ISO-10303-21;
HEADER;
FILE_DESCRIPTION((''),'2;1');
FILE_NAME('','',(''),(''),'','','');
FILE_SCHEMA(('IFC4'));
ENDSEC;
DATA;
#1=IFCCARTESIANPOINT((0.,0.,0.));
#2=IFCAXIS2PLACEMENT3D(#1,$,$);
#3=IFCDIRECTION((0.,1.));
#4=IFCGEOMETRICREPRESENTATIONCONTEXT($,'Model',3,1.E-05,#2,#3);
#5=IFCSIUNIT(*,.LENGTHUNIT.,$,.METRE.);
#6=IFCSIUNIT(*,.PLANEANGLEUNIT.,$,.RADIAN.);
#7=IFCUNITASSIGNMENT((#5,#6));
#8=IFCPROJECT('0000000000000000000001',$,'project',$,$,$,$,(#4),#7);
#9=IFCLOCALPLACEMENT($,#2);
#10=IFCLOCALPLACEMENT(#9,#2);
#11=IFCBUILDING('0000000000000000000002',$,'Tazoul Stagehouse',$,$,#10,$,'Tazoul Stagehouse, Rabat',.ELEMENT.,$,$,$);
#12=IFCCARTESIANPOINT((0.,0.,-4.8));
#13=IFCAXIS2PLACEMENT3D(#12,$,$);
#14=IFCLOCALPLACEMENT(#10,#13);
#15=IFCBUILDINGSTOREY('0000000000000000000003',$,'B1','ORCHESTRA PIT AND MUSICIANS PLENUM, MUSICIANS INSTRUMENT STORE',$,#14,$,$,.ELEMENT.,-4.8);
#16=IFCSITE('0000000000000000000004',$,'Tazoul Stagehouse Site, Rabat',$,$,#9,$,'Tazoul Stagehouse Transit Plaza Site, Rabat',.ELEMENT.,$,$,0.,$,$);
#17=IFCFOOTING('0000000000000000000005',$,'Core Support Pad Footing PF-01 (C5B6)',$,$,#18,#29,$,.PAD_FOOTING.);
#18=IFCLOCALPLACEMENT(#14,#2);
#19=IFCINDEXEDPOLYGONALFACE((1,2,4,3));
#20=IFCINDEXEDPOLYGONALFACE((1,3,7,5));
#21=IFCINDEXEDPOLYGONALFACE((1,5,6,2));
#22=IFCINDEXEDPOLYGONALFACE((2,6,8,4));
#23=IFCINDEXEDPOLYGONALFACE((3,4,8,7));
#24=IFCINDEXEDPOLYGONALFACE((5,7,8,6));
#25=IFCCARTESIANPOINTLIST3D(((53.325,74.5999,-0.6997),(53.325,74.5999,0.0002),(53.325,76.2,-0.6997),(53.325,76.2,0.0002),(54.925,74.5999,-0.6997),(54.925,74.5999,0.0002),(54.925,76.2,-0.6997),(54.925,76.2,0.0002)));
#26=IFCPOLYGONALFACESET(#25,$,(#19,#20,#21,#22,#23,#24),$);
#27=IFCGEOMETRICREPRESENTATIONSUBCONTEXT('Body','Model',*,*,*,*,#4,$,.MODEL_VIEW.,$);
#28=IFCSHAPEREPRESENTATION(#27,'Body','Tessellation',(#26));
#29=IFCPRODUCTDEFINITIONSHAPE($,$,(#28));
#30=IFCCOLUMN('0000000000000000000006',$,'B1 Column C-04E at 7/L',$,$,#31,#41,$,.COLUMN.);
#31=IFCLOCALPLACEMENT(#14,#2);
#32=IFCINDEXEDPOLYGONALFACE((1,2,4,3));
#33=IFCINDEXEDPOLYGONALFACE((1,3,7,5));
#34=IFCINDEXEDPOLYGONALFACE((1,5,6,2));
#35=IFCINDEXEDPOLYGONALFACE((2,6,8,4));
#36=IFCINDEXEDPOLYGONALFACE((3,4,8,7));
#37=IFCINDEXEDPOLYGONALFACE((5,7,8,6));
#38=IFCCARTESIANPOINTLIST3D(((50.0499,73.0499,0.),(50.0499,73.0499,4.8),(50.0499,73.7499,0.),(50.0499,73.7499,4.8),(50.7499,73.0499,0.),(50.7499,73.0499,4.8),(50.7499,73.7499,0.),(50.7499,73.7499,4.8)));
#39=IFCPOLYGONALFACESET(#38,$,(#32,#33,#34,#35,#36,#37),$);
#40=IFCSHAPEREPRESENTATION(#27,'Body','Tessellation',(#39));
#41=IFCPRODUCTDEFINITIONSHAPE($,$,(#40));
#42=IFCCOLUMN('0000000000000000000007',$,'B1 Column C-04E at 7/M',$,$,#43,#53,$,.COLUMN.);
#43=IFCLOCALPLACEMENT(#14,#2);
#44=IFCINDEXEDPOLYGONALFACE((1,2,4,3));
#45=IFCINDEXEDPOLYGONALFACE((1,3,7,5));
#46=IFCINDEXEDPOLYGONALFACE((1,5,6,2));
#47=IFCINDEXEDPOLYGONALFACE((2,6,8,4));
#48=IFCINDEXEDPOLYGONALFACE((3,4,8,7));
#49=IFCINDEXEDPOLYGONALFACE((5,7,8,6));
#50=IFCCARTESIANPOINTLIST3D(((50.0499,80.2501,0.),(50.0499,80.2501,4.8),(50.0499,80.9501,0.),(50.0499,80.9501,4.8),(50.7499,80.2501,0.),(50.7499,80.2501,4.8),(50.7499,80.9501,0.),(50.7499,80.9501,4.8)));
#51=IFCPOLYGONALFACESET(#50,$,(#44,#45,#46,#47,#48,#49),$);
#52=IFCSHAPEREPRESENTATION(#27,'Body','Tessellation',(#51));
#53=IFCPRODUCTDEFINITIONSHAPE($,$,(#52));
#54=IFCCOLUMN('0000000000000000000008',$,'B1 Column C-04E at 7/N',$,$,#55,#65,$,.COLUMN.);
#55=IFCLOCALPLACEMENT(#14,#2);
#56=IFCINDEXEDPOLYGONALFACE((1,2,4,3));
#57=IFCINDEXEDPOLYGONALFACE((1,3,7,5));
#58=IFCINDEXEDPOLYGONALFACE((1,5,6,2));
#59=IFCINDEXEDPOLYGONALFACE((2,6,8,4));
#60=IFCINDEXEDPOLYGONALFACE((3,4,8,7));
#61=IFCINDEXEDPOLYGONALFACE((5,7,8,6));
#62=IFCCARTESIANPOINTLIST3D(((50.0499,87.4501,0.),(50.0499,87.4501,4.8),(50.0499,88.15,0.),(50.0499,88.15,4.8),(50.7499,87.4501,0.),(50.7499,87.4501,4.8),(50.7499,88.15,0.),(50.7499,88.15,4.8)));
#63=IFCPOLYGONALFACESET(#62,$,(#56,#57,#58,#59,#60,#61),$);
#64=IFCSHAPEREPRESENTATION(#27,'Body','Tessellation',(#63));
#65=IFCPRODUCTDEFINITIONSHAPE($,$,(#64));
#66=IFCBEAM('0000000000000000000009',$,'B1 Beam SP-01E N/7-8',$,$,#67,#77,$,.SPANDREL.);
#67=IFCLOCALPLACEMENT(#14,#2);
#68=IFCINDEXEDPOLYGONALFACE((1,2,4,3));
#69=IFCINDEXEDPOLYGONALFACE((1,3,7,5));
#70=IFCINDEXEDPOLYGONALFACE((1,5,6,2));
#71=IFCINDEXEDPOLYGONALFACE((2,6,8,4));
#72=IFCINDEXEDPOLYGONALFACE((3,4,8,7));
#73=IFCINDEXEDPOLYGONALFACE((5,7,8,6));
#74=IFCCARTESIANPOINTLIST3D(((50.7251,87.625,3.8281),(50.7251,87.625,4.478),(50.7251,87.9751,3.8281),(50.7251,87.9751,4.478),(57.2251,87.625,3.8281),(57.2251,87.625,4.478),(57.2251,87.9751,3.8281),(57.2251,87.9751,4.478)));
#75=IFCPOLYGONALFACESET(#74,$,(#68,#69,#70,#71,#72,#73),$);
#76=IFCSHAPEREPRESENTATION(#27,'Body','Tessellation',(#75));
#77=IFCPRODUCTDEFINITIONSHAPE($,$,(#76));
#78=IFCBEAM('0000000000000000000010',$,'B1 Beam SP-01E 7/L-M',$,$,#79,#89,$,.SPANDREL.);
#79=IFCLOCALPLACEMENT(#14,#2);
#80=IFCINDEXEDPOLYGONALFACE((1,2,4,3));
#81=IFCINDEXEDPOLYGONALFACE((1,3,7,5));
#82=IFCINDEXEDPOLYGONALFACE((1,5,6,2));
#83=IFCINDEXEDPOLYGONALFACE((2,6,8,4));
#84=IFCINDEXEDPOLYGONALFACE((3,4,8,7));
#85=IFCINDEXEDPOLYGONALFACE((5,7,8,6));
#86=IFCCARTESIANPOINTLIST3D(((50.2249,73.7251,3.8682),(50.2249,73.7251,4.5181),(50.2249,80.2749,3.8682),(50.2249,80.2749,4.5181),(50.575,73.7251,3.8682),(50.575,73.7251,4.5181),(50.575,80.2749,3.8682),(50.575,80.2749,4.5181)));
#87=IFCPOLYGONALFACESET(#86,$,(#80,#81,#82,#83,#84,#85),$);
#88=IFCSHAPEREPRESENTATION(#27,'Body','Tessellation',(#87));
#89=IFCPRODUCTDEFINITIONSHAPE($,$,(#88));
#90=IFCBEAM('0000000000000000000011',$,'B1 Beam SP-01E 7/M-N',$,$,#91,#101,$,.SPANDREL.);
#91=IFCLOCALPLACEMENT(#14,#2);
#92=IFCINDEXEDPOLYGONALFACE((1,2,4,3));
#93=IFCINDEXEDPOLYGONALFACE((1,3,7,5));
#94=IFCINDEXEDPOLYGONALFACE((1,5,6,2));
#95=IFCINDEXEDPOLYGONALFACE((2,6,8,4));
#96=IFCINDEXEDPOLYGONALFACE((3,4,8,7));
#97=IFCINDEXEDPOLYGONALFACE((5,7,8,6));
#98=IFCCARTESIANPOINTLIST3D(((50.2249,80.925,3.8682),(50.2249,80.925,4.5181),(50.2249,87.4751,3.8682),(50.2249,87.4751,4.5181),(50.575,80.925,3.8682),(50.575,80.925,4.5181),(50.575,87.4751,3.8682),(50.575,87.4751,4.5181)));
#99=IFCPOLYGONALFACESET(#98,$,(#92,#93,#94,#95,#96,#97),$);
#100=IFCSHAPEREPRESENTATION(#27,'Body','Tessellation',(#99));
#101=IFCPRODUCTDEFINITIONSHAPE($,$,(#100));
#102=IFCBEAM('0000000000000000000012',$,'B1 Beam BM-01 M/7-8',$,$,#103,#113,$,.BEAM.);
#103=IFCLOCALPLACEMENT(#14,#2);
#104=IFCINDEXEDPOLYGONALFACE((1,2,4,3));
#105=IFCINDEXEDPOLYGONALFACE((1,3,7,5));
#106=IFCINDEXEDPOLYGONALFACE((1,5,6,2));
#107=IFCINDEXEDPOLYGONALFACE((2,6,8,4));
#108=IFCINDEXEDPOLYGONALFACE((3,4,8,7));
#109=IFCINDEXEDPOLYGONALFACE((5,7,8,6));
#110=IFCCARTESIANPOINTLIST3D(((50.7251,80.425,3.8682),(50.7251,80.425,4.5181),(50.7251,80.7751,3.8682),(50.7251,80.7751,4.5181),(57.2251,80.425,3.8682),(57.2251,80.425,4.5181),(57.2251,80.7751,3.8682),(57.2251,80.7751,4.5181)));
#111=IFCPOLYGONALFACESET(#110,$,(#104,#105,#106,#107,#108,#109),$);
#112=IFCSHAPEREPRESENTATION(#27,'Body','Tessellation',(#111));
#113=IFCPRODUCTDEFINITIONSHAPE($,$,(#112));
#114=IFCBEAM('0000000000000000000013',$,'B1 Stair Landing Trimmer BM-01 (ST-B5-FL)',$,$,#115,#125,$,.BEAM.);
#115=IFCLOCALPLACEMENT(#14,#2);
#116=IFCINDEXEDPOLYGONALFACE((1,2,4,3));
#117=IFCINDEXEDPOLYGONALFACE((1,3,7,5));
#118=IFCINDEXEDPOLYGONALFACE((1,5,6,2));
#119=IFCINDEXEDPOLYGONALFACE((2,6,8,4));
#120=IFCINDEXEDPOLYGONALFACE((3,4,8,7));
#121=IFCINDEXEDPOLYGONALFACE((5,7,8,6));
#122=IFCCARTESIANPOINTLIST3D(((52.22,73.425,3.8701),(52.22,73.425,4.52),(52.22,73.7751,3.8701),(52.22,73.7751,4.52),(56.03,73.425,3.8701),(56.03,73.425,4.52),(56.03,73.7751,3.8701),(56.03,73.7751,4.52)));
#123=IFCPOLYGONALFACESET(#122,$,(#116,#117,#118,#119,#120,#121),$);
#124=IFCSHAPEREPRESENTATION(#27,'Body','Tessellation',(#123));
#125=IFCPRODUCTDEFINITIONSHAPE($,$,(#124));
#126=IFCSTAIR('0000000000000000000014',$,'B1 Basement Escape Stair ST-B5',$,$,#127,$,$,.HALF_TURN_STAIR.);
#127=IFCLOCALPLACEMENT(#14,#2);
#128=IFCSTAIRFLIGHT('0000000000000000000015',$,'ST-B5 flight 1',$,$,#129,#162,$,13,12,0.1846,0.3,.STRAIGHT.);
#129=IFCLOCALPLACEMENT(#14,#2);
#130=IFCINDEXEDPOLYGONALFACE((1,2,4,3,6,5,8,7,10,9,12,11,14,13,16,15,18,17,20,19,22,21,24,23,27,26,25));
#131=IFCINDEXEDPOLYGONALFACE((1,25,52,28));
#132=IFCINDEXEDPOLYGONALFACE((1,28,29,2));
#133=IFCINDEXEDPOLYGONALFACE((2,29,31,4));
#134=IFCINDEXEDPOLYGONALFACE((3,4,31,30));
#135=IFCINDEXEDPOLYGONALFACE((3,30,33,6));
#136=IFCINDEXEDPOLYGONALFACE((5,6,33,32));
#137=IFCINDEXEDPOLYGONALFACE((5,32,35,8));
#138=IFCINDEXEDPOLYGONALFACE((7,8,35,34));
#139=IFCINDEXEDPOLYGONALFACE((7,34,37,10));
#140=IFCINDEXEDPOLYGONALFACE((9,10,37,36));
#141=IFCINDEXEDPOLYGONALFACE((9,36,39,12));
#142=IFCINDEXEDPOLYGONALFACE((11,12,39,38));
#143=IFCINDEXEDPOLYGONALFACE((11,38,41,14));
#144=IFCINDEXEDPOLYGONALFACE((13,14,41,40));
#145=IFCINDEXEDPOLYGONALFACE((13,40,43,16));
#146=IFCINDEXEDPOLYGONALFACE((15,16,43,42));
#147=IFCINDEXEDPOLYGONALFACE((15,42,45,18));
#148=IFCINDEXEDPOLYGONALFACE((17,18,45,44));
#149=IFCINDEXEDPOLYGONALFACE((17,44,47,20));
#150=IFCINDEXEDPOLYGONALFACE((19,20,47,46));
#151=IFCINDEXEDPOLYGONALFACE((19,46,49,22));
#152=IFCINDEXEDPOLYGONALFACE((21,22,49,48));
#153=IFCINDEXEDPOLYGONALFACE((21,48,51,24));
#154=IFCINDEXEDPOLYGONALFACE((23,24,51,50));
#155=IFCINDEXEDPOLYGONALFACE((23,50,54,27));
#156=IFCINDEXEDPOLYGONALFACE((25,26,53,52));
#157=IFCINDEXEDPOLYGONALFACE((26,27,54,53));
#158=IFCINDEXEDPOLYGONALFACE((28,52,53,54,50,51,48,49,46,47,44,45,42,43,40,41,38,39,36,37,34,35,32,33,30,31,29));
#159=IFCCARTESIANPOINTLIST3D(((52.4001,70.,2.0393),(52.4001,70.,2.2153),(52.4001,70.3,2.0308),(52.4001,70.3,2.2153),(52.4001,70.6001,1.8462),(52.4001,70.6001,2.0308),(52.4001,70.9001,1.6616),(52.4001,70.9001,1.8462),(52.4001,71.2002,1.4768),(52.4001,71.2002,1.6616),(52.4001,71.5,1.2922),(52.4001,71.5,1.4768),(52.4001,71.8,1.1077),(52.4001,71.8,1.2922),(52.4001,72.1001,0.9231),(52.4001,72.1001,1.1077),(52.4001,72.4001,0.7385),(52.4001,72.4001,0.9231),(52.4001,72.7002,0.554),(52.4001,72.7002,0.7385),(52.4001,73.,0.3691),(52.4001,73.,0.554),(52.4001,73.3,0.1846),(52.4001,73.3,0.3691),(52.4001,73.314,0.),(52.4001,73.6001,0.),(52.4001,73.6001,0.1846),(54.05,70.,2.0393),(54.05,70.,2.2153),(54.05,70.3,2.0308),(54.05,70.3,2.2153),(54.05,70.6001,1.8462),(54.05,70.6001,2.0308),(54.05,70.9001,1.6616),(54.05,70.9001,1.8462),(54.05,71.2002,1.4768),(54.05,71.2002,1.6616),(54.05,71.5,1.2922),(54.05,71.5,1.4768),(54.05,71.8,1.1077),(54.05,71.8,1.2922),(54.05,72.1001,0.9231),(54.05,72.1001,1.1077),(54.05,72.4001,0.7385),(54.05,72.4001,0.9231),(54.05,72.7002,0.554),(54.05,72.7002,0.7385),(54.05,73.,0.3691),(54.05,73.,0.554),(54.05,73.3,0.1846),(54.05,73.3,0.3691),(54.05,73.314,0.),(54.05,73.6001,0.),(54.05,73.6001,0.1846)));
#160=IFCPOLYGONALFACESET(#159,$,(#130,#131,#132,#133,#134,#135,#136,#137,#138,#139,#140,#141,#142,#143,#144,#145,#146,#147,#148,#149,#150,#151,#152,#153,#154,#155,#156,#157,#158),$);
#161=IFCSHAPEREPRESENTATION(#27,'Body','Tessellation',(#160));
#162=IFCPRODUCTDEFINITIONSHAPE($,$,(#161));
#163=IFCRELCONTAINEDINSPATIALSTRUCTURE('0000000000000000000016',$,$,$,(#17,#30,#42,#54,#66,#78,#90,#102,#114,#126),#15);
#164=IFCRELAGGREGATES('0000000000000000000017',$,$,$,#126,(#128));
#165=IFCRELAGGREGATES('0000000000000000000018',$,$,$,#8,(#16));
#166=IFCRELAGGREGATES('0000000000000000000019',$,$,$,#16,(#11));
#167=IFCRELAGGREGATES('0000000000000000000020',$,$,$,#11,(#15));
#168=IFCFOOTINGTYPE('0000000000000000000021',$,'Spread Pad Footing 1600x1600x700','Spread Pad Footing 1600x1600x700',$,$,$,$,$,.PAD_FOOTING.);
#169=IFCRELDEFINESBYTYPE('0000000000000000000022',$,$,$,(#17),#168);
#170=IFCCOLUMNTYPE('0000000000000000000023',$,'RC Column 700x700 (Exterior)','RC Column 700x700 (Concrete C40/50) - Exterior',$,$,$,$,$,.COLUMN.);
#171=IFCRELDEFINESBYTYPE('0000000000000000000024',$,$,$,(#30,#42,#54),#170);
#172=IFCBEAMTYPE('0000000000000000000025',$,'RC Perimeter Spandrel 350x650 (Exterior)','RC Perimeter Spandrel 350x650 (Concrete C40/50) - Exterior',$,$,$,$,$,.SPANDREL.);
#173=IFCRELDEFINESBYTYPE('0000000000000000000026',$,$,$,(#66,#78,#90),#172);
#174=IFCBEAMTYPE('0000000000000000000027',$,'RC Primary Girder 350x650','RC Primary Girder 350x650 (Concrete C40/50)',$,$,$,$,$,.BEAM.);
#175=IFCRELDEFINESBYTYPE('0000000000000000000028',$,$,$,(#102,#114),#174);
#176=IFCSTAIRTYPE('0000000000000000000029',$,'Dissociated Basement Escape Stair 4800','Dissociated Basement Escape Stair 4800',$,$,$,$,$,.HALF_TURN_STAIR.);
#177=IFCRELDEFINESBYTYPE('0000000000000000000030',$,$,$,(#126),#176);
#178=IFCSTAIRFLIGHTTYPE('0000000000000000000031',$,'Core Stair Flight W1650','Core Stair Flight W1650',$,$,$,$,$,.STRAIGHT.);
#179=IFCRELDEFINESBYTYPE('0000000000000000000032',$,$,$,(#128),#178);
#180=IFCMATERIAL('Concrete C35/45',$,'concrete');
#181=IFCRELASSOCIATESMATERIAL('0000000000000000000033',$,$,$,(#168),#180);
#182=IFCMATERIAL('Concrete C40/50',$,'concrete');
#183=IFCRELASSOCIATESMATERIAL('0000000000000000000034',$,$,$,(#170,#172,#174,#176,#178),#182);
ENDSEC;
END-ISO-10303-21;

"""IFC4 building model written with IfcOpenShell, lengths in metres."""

from ifc_helpers import new_model, si_unit, direction, frame, origin, origin_2d, place, context, subcontext, project, spatial, polyline, rectangle, outline, extrude, material, material_profile, profile_set, type_object, element, aggregate, save


model = new_model("IFC4")

# Units and contexts
model_context = context("Model", 3, precision=1e-05, world=origin(), true_north=direction((0.0, 1.0)))
body_context = subcontext(model_context, "Body", "Model", "MODEL_VIEW")
ifc_project = project(units=[si_unit("LENGTHUNIT", "METRE"), si_unit("PLANEANGLEUNIT", "RADIAN")], contexts=[model_context])

# Site, building, storey
site_placement = place(None, origin())
site = spatial("IfcSite", under=ifc_project, at=site_placement, Name="Tazoul Stagehouse Site, Rabat", LongName="Tazoul Stagehouse Transit Plaza Site, Rabat", CompositionType="ELEMENT", RefElevation=0.0)
building_placement = place(site_placement, origin())
building = spatial("IfcBuilding", under=site, at=building_placement, Name="Tazoul Stagehouse", LongName="Tazoul Stagehouse, Rabat", CompositionType="ELEMENT")
storey_placement = place(building_placement, frame((0.0, 0.0, -4.8)))
storey = spatial("IfcBuildingStorey", under=building, at=storey_placement, Name="B1", Description="ORCHESTRA PIT AND MUSICIANS PLENUM, MUSICIANS INSTRUMENT STORE", CompositionType="ELEMENT", Elevation=-4.8)

# Shared definitions
ifc_material_1 = material(Name="Concrete C35/45", Category="concrete")

# Footing
footing_type_1 = type_object("IfcFootingType", Name="Spread Pad Footing 1600x1600x700", Description="Spread Pad Footing 1600x1600x700", PredefinedType="PAD_FOOTING", material=ifc_material_1)
footing_1_placement = place(storey_placement, frame((54.125, 75.3999, -0.6997), z_axis=(0.0, 0.0, 1.0), x_axis=(1.0, 0.0, 0.0)))
element("IfcFooting", 1, at=footing_1_placement, inside=storey, type_object=footing_type_1, Name="Core Support Pad Footing PF-01 (C5B6)", PredefinedType="PAD_FOOTING", context=body_context, shape_type="SweptSolid", body=[
    extrude(rectangle(XDim=1.6001, YDim=1.6001, at=origin_2d()), origin(), (0.0, 0.0, 1.0), 0.7),
])

# Columns
ifc_material_2 = material(Name="Concrete C40/50", Category="concrete")
ifc_material_profile_1 = material_profile(ifc_material_2, rectangle(XDim=0.7, YDim=0.7, at=origin_2d()), Name="RC 700x700")
ifc_profile_set_1 = profile_set([ifc_material_profile_1], Name="Concrete C40/50")
column_type = type_object("IfcColumnType", Name="RC Column 700x700 (Exterior)", Description="RC Column 700x700 (Concrete C40/50) - Exterior", PredefinedType="COLUMN", material=ifc_profile_set_1)
for number, where, z_axis, x_axis, name in (
    (2, (50.3999, 73.3999, 0.0), (0.0, 0.0, 1.0), (1.0, 0.0, 0.0), "B1 Column C-04E at 7/L"),
    (3, (50.3999, 80.6001, 0.0), (0.0, 0.0, 1.0), (1.0, 0.0, 0.0), "B1 Column C-04E at 7/M"),
    (4, (50.3999, 87.8, 0.0), (0.0, 0.0, 1.0), (1.0, 0.0, 0.0), "B1 Column C-04E at 7/N"),
):
    element("IfcColumn", number, at=place(storey_placement, frame(where, z_axis=z_axis, x_axis=x_axis)), inside=storey, type_object=column_type, Name=name, PredefinedType="COLUMN", context=body_context, shape_type="SweptSolid", body=[
        extrude(rectangle(XDim=0.7, YDim=0.7, at=origin_2d()), origin(), (0.0, 0.0, 1.0), 4.8),
    ])

# Beams
ifc_material_profile_2 = material_profile(ifc_material_2, rectangle(XDim=0.3501, YDim=0.6499, at=origin_2d()), Name="RC 350x650")
ifc_profile_set_2 = profile_set([ifc_material_profile_2], Name="Concrete C40/50")
beam_type_1 = type_object("IfcBeamType", Name="RC Perimeter Spandrel 350x650 (Exterior)", Description="RC Perimeter Spandrel 350x650 (Concrete C40/50) - Exterior", PredefinedType="SPANDREL", material=ifc_profile_set_2)
beam_1_placement = place(storey_placement, frame((50.7251, 87.8, 4.1531), z_axis=(1.0, 0.0, 0.0), x_axis=(0.0, 1.0, 0.0)))
element("IfcBeam", 5, at=beam_1_placement, inside=storey, type_object=beam_type_1, Name="B1 Beam SP-01E N/7-8", PredefinedType="SPANDREL", context=body_context, shape_type="SweptSolid", body=[
    extrude(rectangle(XDim=0.3501, YDim=0.6499, at=origin_2d()), origin(), (0.0, 0.0, 1.0), 6.5),
])
beam_2_placement = place(storey_placement, frame((50.3999, 73.7251, 4.1931), z_axis=(0.0, 1.0, 0.0), x_axis=(-1.0, 0.0, 0.0)))
element("IfcBeam", 6, at=beam_2_placement, inside=storey, type_object=beam_type_1, Name="B1 Beam SP-01E 7/L-M", PredefinedType="SPANDREL", context=body_context, shape_type="SweptSolid", body=[
    extrude(rectangle(XDim=0.3501, YDim=0.6499, at=origin_2d()), origin(), (0.0, 0.0, 1.0), 6.5498),
])
beam_3_placement = place(storey_placement, frame((50.3999, 80.925, 4.1931), z_axis=(0.0, 1.0, 0.0), x_axis=(-1.0, 0.0, 0.0)))
element("IfcBeam", 7, at=beam_3_placement, inside=storey, type_object=beam_type_1, Name="B1 Beam SP-01E 7/M-N", PredefinedType="SPANDREL", context=body_context, shape_type="SweptSolid", body=[
    extrude(rectangle(XDim=0.3501, YDim=0.6499, at=origin_2d()), origin(), (0.0, 0.0, 1.0), 6.55),
])
ifc_material_profile_3 = material_profile(ifc_material_2, rectangle(XDim=0.3501, YDim=0.6499, at=origin_2d()), Name="RC 350x650")
ifc_profile_set_3 = profile_set([ifc_material_profile_3], Name="Concrete C40/50")
beam_type_2 = type_object("IfcBeamType", Name="RC Primary Girder 350x650", Description="RC Primary Girder 350x650 (Concrete C40/50)", PredefinedType="BEAM", material=ifc_profile_set_3)
beam_4_placement = place(storey_placement, frame((50.7251, 80.6001, 4.1931), z_axis=(1.0, 0.0, 0.0), x_axis=(0.0, 1.0, 0.0)))
element("IfcBeam", 8, at=beam_4_placement, inside=storey, type_object=beam_type_2, Name="B1 Beam BM-01 M/7-8", PredefinedType="BEAM", context=body_context, shape_type="SweptSolid", body=[
    extrude(rectangle(XDim=0.3501, YDim=0.6499, at=origin_2d()), origin(), (0.0, 0.0, 1.0), 6.5),
])
beam_5_placement = place(storey_placement, frame((52.22, 73.6001, 4.1951), z_axis=(1.0, 0.0, 0.0), x_axis=(0.0, 1.0, 0.0)))
element("IfcBeam", 9, at=beam_5_placement, inside=storey, type_object=beam_type_2, Name="B1 Stair Landing Trimmer BM-01 (ST-B5-FL)", PredefinedType="BEAM", context=body_context, shape_type="SweptSolid", body=[
    extrude(rectangle(XDim=0.3501, YDim=0.6499, at=origin_2d()), origin(), (0.0, 0.0, 1.0), 3.8101),
])

# Stair, stair flight
stair_type = type_object("IfcStairType", Name="Dissociated Basement Escape Stair 4800", Description="Dissociated Basement Escape Stair 4800", PredefinedType="HALF_TURN_STAIR", material=ifc_material_2)
stair_placement = place(storey_placement, origin())
stair = element("IfcStair", 10, at=stair_placement, inside=storey, type_object=stair_type, Name="B1 Basement Escape Stair ST-B5", PredefinedType="HALF_TURN_STAIR")
stair_flight_type = type_object("IfcStairFlightType", Name="Core Stair Flight W1650", Description="Core Stair Flight W1650", PredefinedType="STRAIGHT", material=ifc_material_2)
stair_flight_placement = place(storey_placement, frame((53.2251, 73.6001, 0.0), z_axis=(0.0, 0.0, 1.0), x_axis=(0.0, -1.0, 0.0)))
stair_flight = element("IfcStairFlight", 11, at=stair_flight_placement, type_object=stair_flight_type, Name="ST-B5 flight 1", NumberOfRisers=13, NumberOfTreads=12, PredefinedType="STRAIGHT", RiserHeight=0.1846, TreadLength=0.3, context=body_context, shape_type="SweptSolid", body=[
    extrude(outline(polyline([(0.0, 0.0), (0.0, 0.1846), (0.3, 0.1846), (0.3, 0.3691), (0.6001, 0.3691), (0.6001, 0.554), (0.8999, 0.554), (0.8999, 0.7385), (1.2, 0.7385), (1.2, 0.9231), (1.5, 0.9231), (1.5, 1.1077), (1.8, 1.1077), (1.8, 1.2922), (2.1001, 1.2922), (2.1001, 1.4768), (2.3999, 1.4768), (2.3999, 1.6616), (2.7, 1.6616), (2.7, 1.8462), (3.0, 1.8462), (3.0, 2.0308), (3.3, 2.0308), (3.3, 2.2153), (3.6001, 2.2153), (3.6001, 2.3999), (3.6001, 2.0393), (0.2861, 0.0), (0.0, 0.0)])), frame((0.0, 0.825, 0.0), z_axis=(0.0, -1.0, 0.0), x_axis=(1.0, 0.0, 0.0)), (0.0, 0.0, 1.0), 1.6499),
])
aggregate(stair, [stair_flight])

save(model, "model.ifc")
